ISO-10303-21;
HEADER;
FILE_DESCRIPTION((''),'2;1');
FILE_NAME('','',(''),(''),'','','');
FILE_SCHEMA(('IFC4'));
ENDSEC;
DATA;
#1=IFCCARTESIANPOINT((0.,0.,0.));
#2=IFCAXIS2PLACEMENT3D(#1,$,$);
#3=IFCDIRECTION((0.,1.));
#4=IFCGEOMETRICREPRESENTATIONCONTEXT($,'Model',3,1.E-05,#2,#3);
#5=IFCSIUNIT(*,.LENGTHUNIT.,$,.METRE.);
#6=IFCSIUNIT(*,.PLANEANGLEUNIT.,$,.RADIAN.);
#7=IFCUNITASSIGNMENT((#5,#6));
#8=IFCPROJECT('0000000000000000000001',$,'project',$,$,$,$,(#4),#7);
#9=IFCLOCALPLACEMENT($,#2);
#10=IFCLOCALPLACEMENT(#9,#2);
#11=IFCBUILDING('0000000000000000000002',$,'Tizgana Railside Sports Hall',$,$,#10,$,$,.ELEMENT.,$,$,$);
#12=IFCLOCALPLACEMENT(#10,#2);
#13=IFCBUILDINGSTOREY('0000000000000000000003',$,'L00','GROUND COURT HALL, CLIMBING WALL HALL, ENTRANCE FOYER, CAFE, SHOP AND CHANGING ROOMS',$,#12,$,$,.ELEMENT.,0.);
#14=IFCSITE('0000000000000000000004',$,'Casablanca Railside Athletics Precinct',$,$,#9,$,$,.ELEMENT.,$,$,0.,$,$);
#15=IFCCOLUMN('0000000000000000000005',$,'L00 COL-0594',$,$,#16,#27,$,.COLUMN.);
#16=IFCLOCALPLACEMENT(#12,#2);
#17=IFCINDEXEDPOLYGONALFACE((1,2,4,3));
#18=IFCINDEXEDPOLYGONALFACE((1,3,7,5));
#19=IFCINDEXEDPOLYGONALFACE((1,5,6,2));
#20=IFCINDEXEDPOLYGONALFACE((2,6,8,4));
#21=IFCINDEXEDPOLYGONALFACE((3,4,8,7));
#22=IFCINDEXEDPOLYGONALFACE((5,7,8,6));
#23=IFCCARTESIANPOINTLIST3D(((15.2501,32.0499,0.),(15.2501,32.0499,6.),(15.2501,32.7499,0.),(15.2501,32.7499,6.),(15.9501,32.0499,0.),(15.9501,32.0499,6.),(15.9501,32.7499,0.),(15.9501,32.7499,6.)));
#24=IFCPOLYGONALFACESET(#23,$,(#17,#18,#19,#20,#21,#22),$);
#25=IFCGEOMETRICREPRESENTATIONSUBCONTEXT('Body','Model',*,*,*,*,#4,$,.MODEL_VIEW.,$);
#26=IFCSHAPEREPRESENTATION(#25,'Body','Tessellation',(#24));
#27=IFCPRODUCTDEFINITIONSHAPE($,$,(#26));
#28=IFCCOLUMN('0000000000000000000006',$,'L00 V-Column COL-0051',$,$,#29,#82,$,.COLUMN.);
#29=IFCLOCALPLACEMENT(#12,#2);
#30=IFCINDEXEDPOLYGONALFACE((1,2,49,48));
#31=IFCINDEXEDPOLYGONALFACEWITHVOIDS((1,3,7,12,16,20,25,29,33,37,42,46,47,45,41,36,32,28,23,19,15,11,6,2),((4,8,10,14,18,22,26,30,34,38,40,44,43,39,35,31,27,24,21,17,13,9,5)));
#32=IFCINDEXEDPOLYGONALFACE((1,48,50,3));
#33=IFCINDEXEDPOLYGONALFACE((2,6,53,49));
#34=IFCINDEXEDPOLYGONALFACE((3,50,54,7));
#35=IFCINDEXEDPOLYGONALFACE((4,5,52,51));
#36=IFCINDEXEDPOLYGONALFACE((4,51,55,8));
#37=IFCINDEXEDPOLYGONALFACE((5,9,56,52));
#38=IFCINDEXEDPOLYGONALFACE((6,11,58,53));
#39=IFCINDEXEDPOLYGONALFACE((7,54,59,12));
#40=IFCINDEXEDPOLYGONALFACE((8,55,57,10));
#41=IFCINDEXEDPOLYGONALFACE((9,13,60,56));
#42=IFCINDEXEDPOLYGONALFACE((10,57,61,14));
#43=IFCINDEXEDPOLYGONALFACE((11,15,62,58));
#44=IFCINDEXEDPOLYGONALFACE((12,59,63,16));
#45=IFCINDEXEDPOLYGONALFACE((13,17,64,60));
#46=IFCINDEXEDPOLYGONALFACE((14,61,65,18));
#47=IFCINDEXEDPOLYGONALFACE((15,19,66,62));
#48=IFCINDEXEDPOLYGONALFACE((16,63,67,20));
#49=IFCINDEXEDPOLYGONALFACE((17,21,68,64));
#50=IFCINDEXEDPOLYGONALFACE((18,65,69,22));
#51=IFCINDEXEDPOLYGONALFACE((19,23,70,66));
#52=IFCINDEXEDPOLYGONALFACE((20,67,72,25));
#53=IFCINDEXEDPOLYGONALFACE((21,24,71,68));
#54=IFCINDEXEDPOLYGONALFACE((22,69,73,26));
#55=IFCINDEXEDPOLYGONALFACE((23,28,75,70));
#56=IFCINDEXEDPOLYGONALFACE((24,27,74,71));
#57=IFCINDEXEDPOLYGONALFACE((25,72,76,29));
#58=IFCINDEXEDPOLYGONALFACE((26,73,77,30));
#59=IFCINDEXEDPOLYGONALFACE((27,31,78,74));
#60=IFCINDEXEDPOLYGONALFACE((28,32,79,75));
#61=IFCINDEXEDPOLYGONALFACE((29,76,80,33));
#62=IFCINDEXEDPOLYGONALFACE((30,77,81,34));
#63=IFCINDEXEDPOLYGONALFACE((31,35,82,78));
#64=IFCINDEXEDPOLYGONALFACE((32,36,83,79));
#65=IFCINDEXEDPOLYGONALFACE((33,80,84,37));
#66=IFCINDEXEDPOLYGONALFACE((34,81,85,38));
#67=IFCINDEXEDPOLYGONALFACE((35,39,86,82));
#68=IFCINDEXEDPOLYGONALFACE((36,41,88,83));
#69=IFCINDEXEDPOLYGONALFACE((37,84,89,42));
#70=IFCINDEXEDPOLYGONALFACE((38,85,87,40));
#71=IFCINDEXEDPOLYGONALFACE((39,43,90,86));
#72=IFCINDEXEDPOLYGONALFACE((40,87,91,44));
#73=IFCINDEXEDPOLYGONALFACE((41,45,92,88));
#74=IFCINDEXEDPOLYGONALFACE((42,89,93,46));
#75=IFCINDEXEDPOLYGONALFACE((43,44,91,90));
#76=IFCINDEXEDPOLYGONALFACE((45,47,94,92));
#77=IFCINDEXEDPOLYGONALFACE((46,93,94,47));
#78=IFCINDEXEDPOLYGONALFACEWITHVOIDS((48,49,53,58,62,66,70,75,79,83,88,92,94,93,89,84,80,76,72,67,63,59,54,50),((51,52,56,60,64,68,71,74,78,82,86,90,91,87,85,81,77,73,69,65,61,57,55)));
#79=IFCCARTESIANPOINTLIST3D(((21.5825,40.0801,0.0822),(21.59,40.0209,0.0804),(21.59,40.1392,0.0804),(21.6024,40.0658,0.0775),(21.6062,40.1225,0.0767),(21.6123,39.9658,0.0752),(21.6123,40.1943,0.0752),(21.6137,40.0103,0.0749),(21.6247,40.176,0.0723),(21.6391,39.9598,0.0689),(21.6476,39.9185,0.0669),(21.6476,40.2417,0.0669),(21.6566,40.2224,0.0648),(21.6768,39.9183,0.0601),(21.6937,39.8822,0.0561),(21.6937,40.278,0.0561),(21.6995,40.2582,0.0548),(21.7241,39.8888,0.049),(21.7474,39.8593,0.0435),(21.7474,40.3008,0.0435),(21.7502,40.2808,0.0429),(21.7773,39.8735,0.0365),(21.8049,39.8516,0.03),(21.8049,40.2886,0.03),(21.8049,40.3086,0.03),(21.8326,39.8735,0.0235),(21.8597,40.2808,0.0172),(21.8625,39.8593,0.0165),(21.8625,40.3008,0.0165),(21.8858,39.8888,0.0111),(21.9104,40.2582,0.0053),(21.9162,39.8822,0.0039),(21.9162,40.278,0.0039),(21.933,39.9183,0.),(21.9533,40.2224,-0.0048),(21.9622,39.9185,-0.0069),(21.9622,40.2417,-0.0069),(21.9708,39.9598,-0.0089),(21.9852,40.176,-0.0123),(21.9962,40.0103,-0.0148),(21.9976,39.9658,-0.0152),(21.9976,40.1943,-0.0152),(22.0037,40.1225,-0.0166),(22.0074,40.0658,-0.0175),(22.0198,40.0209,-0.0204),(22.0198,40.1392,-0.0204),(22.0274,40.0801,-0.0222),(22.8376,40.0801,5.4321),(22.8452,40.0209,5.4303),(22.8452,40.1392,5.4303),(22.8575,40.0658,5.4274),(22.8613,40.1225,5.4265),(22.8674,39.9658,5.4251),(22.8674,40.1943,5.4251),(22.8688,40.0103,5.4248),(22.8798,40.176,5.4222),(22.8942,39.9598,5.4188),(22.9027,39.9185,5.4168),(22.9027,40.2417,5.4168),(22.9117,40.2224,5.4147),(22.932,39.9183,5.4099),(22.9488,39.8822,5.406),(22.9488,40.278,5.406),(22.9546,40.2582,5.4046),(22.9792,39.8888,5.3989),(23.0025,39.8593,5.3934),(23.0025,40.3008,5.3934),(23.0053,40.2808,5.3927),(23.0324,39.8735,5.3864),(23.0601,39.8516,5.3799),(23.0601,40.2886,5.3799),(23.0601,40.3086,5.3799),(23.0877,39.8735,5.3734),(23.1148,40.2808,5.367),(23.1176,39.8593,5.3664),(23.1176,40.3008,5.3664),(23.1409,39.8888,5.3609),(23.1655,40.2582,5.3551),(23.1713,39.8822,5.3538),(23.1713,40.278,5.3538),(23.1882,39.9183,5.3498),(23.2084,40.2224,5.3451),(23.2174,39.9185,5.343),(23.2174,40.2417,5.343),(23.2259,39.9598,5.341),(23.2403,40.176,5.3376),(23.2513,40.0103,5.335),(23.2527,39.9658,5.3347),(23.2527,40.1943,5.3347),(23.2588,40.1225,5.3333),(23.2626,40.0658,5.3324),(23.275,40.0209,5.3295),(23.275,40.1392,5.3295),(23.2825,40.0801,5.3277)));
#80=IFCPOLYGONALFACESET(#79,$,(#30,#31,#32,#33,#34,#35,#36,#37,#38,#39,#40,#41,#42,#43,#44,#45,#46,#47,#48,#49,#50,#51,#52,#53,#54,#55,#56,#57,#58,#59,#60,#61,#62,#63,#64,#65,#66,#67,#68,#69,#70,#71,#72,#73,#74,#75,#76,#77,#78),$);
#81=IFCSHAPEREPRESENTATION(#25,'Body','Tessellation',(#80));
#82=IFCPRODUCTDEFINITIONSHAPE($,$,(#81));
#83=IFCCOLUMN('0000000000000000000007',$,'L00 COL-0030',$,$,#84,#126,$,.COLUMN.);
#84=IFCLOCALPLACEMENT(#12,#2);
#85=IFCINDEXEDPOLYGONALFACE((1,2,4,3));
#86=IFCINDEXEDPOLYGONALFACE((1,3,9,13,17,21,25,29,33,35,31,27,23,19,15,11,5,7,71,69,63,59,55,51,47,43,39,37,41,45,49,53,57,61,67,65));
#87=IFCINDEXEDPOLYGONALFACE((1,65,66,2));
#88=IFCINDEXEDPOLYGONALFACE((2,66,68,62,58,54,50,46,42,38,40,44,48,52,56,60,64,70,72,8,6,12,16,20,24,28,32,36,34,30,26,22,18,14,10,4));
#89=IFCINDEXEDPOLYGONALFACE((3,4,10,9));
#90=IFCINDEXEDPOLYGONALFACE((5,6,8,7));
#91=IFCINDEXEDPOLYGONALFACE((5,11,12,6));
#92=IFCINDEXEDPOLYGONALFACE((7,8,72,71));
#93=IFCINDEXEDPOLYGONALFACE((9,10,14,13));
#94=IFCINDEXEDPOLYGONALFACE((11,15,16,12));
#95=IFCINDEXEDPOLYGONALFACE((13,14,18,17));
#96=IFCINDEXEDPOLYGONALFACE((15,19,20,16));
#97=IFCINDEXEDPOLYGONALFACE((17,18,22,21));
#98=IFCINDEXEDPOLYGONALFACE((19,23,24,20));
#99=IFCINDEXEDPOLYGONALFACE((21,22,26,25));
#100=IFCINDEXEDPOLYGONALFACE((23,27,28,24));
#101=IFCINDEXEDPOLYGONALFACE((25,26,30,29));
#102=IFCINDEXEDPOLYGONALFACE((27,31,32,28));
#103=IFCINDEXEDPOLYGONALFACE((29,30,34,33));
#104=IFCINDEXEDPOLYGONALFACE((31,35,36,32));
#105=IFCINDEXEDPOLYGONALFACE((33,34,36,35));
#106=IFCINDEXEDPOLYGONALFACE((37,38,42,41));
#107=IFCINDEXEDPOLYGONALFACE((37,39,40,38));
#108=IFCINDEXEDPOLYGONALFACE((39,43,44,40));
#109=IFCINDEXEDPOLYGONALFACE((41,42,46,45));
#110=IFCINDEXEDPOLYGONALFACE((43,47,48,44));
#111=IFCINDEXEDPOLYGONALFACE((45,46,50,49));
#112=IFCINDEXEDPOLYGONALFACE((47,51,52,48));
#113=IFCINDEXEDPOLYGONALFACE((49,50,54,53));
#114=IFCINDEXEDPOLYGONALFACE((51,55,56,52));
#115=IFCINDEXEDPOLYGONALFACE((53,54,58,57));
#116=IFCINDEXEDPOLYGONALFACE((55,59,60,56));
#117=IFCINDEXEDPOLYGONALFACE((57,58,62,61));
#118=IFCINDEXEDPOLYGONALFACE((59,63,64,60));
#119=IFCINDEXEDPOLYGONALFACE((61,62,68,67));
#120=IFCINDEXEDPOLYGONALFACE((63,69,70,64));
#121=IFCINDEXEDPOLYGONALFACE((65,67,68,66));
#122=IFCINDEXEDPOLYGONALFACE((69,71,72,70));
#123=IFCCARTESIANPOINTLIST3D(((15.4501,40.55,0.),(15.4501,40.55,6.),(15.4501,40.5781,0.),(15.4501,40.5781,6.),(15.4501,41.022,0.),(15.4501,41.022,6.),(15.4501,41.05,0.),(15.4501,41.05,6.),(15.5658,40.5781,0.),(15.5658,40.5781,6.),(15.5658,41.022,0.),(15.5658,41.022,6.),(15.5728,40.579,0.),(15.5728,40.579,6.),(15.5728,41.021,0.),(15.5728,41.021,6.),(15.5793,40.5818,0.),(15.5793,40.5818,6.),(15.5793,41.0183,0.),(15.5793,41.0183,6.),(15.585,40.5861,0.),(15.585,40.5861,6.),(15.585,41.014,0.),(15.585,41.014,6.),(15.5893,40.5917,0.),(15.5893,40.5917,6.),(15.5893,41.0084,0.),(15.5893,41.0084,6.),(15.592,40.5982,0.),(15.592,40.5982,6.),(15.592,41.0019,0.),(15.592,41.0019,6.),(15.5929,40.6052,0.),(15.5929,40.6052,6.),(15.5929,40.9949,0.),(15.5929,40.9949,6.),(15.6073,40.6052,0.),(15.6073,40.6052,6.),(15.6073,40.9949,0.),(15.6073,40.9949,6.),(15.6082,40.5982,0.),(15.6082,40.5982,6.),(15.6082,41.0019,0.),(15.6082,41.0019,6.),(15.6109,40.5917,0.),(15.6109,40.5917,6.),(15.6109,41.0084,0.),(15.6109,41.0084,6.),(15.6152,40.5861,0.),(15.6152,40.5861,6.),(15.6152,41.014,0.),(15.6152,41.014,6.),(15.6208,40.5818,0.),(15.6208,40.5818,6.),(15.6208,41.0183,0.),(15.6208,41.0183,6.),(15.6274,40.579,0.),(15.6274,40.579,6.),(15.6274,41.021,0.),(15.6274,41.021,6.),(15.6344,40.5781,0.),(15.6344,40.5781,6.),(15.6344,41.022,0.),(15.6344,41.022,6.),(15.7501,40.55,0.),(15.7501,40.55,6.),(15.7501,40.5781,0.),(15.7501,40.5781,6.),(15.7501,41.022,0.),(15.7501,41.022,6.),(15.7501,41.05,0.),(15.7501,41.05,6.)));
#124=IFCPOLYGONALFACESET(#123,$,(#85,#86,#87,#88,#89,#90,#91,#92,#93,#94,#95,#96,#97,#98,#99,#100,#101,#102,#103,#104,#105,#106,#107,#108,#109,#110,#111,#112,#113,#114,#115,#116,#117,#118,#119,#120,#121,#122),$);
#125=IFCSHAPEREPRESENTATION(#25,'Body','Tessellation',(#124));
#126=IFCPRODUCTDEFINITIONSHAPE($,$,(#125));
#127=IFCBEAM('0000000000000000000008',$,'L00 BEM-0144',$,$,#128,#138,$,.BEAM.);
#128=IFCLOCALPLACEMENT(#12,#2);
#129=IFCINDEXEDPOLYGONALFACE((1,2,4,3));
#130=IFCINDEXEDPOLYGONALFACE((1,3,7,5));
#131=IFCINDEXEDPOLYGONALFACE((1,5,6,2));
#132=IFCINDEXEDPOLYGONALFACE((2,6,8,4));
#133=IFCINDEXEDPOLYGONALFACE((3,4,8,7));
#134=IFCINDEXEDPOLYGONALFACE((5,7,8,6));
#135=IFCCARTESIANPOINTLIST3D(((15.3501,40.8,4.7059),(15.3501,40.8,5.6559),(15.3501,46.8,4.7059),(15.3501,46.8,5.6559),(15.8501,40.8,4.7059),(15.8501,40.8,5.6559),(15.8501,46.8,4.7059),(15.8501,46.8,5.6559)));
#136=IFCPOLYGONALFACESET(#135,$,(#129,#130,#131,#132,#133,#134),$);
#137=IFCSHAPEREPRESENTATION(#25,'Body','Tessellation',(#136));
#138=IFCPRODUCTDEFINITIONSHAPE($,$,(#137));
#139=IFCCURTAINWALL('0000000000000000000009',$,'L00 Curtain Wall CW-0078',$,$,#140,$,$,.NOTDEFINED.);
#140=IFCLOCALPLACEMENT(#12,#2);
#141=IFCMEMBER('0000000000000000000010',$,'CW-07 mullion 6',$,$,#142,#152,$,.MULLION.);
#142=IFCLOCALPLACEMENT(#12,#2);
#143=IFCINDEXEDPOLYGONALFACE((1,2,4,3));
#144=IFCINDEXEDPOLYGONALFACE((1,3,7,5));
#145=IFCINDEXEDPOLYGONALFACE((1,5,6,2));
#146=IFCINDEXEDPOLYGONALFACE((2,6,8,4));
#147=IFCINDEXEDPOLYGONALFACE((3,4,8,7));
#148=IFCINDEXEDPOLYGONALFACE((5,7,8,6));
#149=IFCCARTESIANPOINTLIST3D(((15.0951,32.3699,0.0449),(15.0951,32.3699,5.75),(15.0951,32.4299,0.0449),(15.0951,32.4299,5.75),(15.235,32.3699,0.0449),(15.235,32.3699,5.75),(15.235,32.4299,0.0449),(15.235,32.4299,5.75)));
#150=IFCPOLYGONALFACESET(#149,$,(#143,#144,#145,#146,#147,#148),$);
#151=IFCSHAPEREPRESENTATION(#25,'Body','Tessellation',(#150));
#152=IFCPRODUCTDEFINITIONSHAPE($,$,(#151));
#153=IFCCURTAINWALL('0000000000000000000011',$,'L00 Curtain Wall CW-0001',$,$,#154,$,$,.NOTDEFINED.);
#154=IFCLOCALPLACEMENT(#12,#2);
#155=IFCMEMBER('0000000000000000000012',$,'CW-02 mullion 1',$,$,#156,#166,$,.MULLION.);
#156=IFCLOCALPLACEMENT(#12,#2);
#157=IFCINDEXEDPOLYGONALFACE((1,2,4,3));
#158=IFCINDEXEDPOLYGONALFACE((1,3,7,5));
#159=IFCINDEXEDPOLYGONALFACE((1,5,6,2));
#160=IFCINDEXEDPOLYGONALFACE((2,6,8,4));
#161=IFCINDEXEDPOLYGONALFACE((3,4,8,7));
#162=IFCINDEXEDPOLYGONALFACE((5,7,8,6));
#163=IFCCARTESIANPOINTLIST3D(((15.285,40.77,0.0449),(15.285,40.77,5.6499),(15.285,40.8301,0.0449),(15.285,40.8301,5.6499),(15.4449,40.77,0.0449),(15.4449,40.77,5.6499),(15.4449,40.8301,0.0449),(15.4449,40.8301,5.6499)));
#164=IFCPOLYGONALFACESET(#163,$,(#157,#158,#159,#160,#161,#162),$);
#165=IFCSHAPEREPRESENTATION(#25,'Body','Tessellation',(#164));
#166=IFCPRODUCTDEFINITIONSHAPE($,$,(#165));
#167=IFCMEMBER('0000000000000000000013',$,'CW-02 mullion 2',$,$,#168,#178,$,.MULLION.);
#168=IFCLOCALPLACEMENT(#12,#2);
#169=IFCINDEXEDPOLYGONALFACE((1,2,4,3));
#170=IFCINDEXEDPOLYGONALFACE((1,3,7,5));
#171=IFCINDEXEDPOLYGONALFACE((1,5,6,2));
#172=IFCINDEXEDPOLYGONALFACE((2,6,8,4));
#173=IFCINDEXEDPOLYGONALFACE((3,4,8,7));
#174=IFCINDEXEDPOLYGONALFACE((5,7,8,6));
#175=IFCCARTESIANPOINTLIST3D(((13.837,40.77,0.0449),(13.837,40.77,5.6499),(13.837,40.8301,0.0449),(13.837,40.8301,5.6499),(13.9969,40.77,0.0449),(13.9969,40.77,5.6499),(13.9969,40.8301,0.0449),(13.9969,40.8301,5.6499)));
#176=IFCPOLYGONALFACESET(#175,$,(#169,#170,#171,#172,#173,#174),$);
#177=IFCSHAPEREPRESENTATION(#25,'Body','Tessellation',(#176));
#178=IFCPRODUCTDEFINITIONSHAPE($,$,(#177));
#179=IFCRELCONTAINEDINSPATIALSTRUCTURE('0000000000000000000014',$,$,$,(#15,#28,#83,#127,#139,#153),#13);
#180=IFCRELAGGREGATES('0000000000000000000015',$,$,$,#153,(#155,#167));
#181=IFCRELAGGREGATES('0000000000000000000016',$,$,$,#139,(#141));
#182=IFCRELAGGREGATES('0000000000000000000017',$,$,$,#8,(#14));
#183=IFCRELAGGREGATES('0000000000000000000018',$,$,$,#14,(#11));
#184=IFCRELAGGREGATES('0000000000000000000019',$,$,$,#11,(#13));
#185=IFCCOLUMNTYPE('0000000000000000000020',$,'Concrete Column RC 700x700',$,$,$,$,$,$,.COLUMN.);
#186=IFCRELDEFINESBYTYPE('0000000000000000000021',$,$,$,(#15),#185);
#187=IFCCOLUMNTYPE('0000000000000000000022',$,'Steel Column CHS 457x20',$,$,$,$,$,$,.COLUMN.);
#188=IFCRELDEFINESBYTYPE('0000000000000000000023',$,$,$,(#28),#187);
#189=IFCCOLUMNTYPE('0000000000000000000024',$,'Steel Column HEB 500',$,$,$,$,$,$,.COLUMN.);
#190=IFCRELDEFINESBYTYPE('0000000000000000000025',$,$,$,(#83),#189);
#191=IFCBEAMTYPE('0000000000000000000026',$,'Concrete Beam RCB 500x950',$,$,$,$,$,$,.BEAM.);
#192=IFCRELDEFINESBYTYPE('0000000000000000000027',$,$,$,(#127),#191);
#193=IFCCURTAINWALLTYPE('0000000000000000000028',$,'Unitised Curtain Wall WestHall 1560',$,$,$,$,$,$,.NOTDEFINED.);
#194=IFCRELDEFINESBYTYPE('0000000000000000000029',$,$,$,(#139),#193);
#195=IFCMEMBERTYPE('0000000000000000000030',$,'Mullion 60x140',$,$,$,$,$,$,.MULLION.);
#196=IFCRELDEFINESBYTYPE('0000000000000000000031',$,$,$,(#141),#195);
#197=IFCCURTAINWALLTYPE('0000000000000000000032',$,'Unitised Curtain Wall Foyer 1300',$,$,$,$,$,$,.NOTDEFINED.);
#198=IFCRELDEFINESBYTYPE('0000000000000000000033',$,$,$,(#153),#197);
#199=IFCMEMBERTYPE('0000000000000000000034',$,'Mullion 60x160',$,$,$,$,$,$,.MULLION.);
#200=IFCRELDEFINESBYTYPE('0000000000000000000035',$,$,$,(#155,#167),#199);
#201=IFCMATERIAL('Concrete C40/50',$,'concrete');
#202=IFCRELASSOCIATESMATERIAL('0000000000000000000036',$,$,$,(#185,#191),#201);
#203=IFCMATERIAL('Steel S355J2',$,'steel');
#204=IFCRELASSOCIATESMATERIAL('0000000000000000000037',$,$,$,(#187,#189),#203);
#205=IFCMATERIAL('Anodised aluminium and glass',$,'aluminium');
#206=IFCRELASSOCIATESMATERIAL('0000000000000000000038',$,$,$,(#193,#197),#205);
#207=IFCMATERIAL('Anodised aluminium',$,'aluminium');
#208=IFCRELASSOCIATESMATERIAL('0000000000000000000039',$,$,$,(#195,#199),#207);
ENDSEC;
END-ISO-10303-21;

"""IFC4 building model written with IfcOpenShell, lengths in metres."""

from ifc_helpers import new_model, si_unit, direction, frame, origin, origin_2d, place, context, subcontext, project, spatial, rectangle, hollow_circle, i_section, extrude, material, material_profile, profile_set, type_object, element, aggregate, save


model = new_model("IFC4")

# Units and contexts
model_context = context("Model", 3, precision=1e-05, world=origin(), true_north=direction((0.0, 1.0)))
body_context = subcontext(model_context, "Body", "Model", "MODEL_VIEW")
ifc_project = project(units=[si_unit("LENGTHUNIT", "METRE"), si_unit("PLANEANGLEUNIT", "RADIAN")], contexts=[model_context])

# Site, building, storey
site_placement = place(None, origin())
site = spatial("IfcSite", under=ifc_project, at=site_placement, Name="Casablanca Railside Athletics Precinct", CompositionType="ELEMENT", RefElevation=0.0)
building_placement = place(site_placement, origin())
building = spatial("IfcBuilding", under=site, at=building_placement, Name="Tizgana Railside Sports Hall", CompositionType="ELEMENT")
storey_placement = place(building_placement, origin())
storey = spatial("IfcBuildingStorey", under=building, at=storey_placement, Name="L00", Description="GROUND COURT HALL, CLIMBING WALL HALL, ENTRANCE FOYER, CAFE, SHOP AND CHANGING ROOMS", CompositionType="ELEMENT", Elevation=0.0)

# Columns
ifc_material_1 = material(Name="Concrete C40/50", Category="concrete")
ifc_material_profile_1 = material_profile(ifc_material_1, rectangle(XDim=0.7, YDim=0.7, at=origin_2d()), Name="RC 700x700")
ifc_profile_set_1 = profile_set([ifc_material_profile_1], Name="Concrete C40/50")
column_type_1 = type_object("IfcColumnType", Name="Concrete Column RC 700x700", PredefinedType="COLUMN", material=ifc_profile_set_1)
column_1_placement = place(storey_placement, frame((15.6001, 32.3999, 0.0), z_axis=(0.0, 0.0, 1.0), x_axis=(1.0, 0.0, 0.0)))
element("IfcColumn", 1, at=column_1_placement, inside=storey, type_object=column_type_1, Name="L00 COL-0594", PredefinedType="COLUMN", context=body_context, shape_type="SweptSolid", body=[
    extrude(rectangle(XDim=0.7, YDim=0.7, at=origin_2d()), origin(), (0.0, 0.0, 1.0), 6.0),
])
ifc_material_2 = material(Name="Steel S355J2", Category="steel")
ifc_material_profile_2 = material_profile(ifc_material_2, hollow_circle(Radius=0.2285, WallThickness=0.02, at=origin_2d()), Name="CHS 457x20")
ifc_profile_set_2 = profile_set([ifc_material_profile_2], Name="Steel S355J2")
column_type_2 = type_object("IfcColumnType", Name="Steel Column CHS 457x20", PredefinedType="COLUMN", material=ifc_profile_set_2)
column_2_placement = place(storey_placement, frame((21.8049, 40.0801, 0.03), z_axis=(0.228408, 0.0, 0.973566), x_axis=(0.0, 1.0, 0.0)))
element("IfcColumn", 2, at=column_2_placement, inside=storey, type_object=column_type_2, Name="L00 V-Column COL-0051", PredefinedType="COLUMN", context=body_context, shape_type="SweptSolid", body=[
    extrude(hollow_circle(Radius=0.2285, WallThickness=0.02, at=origin_2d()), origin(), (0.0, 0.0, 1.0), 5.4951),
])
ifc_material_profile_3 = material_profile(ifc_material_2, i_section(OverallWidth=0.3, OverallDepth=0.5, WebThickness=0.0144, FlangeThickness=0.0281, FilletRadius=0.0271, at=origin_2d()), Name="HEB 500")
ifc_profile_set_3 = profile_set([ifc_material_profile_3], Name="Steel S355J2")
column_type_3 = type_object("IfcColumnType", Name="Steel Column HEB 500", PredefinedType="COLUMN", material=ifc_profile_set_3)
column_3_placement = place(storey_placement, frame((15.6001, 40.8, 0.0), z_axis=(0.0, 0.0, 1.0), x_axis=(1.0, 0.0, 0.0)))
element("IfcColumn", 3, at=column_3_placement, inside=storey, type_object=column_type_3, Name="L00 COL-0030", PredefinedType="COLUMN", context=body_context, shape_type="SweptSolid", body=[
    extrude(i_section(OverallWidth=0.3, OverallDepth=0.5, WebThickness=0.0144, FlangeThickness=0.0281, FilletRadius=0.0271, at=origin_2d()), origin(), (0.0, 0.0, 1.0), 6.0),
])

# Beam
ifc_material_profile_4 = material_profile(ifc_material_1, rectangle(XDim=0.5, YDim=0.95, at=origin_2d()), Name="RCB 500x950")
ifc_profile_set_4 = profile_set([ifc_material_profile_4], Name="Concrete C40/50")
beam_type_1 = type_object("IfcBeamType", Name="Concrete Beam RCB 500x950", PredefinedType="BEAM", material=ifc_profile_set_4)
beam_1_placement = place(storey_placement, frame((15.6001, 40.8, 5.1809), z_axis=(0.0, 1.0, 0.0), x_axis=(-1.0, 0.0, 0.0)))
element("IfcBeam", 4, at=beam_1_placement, inside=storey, type_object=beam_type_1, Name="L00 BEM-0144", PredefinedType="BEAM", context=body_context, shape_type="SweptSolid", body=[
    extrude(rectangle(XDim=0.5, YDim=0.95, at=origin_2d()), origin(), (0.0, 0.0, 1.0), 6.0),
])

# Curtain wall, member
ifc_material_3 = material(Name="Anodised aluminium and glass", Category="aluminium")
curtain_wall_type_1 = type_object("IfcCurtainWallType", Name="Unitised Curtain Wall WestHall 1560", PredefinedType="NOTDEFINED", material=ifc_material_3)
curtain_wall_1_placement = place(storey_placement, origin())
curtain_wall_1 = element("IfcCurtainWall", 5, at=curtain_wall_1_placement, inside=storey, type_object=curtain_wall_type_1, Name="L00 Curtain Wall CW-0078", PredefinedType="NOTDEFINED")
ifc_material_4 = material(Name="Anodised aluminium", Category="aluminium")
ifc_material_profile_5 = material_profile(ifc_material_4, rectangle(XDim=0.0601, YDim=0.1399, at=origin_2d()), Name="Mullion 60x140")
ifc_profile_set_5 = profile_set([ifc_material_profile_5], Name="Anodised aluminium")
member_type_1 = type_object("IfcMemberType", Name="Mullion 60x140", PredefinedType="MULLION", material=ifc_profile_set_5)
member_1_placement = place(storey_placement, frame((15.165, 32.3999, 0.0449), z_axis=(0.0, 0.0, 1.0), x_axis=(0.0, 1.0, 0.0)))
member_1 = element("IfcMember", 6, at=member_1_placement, type_object=member_type_1, Name="CW-07 mullion 6", PredefinedType="MULLION", context=body_context, shape_type="SweptSolid", body=[
    extrude(rectangle(XDim=0.0601, YDim=0.1399, at=origin_2d()), origin(), (0.0, 0.0, 1.0), 5.7051),
])

# Curtain wall, members
curtain_wall_type_2 = type_object("IfcCurtainWallType", Name="Unitised Curtain Wall Foyer 1300", PredefinedType="NOTDEFINED", material=ifc_material_3)
curtain_wall_2_placement = place(storey_placement, origin())
curtain_wall_2 = element("IfcCurtainWall", 7, at=curtain_wall_2_placement, inside=storey, type_object=curtain_wall_type_2, Name="L00 Curtain Wall CW-0001", PredefinedType="NOTDEFINED")
ifc_material_profile_6 = material_profile(ifc_material_4, rectangle(XDim=0.0601, YDim=0.1599, at=origin_2d()), Name="Mullion 60x160")
ifc_profile_set_6 = profile_set([ifc_material_profile_6], Name="Anodised aluminium")
member_type_2 = type_object("IfcMemberType", Name="Mullion 60x160", PredefinedType="MULLION", material=ifc_profile_set_6)
member_2_placement = place(storey_placement, frame((15.365, 40.8, 0.0449), z_axis=(0.0, 0.0, 1.0), x_axis=(0.0, -1.0, 0.0)))
member_2 = element("IfcMember", 8, at=member_2_placement, type_object=member_type_2, Name="CW-02 mullion 1", PredefinedType="MULLION", context=body_context, shape_type="SweptSolid", body=[
    extrude(rectangle(XDim=0.0601, YDim=0.1599, at=origin_2d()), origin(), (0.0, 0.0, 1.0), 5.605),
])
member_3_placement = place(storey_placement, frame((13.917, 40.8, 0.0449), z_axis=(0.0, 0.0, 1.0), x_axis=(0.0, -1.0, 0.0)))
member_3 = element("IfcMember", 9, at=member_3_placement, type_object=member_type_2, Name="CW-02 mullion 2", PredefinedType="MULLION", context=body_context, shape_type="SweptSolid", body=[
    extrude(rectangle(XDim=0.0601, YDim=0.1599, at=origin_2d()), origin(), (0.0, 0.0, 1.0), 5.605),
])

aggregate(curtain_wall_2, [member_2, member_3])
aggregate(curtain_wall_1, [member_1])

save(model, "model.ifc")
